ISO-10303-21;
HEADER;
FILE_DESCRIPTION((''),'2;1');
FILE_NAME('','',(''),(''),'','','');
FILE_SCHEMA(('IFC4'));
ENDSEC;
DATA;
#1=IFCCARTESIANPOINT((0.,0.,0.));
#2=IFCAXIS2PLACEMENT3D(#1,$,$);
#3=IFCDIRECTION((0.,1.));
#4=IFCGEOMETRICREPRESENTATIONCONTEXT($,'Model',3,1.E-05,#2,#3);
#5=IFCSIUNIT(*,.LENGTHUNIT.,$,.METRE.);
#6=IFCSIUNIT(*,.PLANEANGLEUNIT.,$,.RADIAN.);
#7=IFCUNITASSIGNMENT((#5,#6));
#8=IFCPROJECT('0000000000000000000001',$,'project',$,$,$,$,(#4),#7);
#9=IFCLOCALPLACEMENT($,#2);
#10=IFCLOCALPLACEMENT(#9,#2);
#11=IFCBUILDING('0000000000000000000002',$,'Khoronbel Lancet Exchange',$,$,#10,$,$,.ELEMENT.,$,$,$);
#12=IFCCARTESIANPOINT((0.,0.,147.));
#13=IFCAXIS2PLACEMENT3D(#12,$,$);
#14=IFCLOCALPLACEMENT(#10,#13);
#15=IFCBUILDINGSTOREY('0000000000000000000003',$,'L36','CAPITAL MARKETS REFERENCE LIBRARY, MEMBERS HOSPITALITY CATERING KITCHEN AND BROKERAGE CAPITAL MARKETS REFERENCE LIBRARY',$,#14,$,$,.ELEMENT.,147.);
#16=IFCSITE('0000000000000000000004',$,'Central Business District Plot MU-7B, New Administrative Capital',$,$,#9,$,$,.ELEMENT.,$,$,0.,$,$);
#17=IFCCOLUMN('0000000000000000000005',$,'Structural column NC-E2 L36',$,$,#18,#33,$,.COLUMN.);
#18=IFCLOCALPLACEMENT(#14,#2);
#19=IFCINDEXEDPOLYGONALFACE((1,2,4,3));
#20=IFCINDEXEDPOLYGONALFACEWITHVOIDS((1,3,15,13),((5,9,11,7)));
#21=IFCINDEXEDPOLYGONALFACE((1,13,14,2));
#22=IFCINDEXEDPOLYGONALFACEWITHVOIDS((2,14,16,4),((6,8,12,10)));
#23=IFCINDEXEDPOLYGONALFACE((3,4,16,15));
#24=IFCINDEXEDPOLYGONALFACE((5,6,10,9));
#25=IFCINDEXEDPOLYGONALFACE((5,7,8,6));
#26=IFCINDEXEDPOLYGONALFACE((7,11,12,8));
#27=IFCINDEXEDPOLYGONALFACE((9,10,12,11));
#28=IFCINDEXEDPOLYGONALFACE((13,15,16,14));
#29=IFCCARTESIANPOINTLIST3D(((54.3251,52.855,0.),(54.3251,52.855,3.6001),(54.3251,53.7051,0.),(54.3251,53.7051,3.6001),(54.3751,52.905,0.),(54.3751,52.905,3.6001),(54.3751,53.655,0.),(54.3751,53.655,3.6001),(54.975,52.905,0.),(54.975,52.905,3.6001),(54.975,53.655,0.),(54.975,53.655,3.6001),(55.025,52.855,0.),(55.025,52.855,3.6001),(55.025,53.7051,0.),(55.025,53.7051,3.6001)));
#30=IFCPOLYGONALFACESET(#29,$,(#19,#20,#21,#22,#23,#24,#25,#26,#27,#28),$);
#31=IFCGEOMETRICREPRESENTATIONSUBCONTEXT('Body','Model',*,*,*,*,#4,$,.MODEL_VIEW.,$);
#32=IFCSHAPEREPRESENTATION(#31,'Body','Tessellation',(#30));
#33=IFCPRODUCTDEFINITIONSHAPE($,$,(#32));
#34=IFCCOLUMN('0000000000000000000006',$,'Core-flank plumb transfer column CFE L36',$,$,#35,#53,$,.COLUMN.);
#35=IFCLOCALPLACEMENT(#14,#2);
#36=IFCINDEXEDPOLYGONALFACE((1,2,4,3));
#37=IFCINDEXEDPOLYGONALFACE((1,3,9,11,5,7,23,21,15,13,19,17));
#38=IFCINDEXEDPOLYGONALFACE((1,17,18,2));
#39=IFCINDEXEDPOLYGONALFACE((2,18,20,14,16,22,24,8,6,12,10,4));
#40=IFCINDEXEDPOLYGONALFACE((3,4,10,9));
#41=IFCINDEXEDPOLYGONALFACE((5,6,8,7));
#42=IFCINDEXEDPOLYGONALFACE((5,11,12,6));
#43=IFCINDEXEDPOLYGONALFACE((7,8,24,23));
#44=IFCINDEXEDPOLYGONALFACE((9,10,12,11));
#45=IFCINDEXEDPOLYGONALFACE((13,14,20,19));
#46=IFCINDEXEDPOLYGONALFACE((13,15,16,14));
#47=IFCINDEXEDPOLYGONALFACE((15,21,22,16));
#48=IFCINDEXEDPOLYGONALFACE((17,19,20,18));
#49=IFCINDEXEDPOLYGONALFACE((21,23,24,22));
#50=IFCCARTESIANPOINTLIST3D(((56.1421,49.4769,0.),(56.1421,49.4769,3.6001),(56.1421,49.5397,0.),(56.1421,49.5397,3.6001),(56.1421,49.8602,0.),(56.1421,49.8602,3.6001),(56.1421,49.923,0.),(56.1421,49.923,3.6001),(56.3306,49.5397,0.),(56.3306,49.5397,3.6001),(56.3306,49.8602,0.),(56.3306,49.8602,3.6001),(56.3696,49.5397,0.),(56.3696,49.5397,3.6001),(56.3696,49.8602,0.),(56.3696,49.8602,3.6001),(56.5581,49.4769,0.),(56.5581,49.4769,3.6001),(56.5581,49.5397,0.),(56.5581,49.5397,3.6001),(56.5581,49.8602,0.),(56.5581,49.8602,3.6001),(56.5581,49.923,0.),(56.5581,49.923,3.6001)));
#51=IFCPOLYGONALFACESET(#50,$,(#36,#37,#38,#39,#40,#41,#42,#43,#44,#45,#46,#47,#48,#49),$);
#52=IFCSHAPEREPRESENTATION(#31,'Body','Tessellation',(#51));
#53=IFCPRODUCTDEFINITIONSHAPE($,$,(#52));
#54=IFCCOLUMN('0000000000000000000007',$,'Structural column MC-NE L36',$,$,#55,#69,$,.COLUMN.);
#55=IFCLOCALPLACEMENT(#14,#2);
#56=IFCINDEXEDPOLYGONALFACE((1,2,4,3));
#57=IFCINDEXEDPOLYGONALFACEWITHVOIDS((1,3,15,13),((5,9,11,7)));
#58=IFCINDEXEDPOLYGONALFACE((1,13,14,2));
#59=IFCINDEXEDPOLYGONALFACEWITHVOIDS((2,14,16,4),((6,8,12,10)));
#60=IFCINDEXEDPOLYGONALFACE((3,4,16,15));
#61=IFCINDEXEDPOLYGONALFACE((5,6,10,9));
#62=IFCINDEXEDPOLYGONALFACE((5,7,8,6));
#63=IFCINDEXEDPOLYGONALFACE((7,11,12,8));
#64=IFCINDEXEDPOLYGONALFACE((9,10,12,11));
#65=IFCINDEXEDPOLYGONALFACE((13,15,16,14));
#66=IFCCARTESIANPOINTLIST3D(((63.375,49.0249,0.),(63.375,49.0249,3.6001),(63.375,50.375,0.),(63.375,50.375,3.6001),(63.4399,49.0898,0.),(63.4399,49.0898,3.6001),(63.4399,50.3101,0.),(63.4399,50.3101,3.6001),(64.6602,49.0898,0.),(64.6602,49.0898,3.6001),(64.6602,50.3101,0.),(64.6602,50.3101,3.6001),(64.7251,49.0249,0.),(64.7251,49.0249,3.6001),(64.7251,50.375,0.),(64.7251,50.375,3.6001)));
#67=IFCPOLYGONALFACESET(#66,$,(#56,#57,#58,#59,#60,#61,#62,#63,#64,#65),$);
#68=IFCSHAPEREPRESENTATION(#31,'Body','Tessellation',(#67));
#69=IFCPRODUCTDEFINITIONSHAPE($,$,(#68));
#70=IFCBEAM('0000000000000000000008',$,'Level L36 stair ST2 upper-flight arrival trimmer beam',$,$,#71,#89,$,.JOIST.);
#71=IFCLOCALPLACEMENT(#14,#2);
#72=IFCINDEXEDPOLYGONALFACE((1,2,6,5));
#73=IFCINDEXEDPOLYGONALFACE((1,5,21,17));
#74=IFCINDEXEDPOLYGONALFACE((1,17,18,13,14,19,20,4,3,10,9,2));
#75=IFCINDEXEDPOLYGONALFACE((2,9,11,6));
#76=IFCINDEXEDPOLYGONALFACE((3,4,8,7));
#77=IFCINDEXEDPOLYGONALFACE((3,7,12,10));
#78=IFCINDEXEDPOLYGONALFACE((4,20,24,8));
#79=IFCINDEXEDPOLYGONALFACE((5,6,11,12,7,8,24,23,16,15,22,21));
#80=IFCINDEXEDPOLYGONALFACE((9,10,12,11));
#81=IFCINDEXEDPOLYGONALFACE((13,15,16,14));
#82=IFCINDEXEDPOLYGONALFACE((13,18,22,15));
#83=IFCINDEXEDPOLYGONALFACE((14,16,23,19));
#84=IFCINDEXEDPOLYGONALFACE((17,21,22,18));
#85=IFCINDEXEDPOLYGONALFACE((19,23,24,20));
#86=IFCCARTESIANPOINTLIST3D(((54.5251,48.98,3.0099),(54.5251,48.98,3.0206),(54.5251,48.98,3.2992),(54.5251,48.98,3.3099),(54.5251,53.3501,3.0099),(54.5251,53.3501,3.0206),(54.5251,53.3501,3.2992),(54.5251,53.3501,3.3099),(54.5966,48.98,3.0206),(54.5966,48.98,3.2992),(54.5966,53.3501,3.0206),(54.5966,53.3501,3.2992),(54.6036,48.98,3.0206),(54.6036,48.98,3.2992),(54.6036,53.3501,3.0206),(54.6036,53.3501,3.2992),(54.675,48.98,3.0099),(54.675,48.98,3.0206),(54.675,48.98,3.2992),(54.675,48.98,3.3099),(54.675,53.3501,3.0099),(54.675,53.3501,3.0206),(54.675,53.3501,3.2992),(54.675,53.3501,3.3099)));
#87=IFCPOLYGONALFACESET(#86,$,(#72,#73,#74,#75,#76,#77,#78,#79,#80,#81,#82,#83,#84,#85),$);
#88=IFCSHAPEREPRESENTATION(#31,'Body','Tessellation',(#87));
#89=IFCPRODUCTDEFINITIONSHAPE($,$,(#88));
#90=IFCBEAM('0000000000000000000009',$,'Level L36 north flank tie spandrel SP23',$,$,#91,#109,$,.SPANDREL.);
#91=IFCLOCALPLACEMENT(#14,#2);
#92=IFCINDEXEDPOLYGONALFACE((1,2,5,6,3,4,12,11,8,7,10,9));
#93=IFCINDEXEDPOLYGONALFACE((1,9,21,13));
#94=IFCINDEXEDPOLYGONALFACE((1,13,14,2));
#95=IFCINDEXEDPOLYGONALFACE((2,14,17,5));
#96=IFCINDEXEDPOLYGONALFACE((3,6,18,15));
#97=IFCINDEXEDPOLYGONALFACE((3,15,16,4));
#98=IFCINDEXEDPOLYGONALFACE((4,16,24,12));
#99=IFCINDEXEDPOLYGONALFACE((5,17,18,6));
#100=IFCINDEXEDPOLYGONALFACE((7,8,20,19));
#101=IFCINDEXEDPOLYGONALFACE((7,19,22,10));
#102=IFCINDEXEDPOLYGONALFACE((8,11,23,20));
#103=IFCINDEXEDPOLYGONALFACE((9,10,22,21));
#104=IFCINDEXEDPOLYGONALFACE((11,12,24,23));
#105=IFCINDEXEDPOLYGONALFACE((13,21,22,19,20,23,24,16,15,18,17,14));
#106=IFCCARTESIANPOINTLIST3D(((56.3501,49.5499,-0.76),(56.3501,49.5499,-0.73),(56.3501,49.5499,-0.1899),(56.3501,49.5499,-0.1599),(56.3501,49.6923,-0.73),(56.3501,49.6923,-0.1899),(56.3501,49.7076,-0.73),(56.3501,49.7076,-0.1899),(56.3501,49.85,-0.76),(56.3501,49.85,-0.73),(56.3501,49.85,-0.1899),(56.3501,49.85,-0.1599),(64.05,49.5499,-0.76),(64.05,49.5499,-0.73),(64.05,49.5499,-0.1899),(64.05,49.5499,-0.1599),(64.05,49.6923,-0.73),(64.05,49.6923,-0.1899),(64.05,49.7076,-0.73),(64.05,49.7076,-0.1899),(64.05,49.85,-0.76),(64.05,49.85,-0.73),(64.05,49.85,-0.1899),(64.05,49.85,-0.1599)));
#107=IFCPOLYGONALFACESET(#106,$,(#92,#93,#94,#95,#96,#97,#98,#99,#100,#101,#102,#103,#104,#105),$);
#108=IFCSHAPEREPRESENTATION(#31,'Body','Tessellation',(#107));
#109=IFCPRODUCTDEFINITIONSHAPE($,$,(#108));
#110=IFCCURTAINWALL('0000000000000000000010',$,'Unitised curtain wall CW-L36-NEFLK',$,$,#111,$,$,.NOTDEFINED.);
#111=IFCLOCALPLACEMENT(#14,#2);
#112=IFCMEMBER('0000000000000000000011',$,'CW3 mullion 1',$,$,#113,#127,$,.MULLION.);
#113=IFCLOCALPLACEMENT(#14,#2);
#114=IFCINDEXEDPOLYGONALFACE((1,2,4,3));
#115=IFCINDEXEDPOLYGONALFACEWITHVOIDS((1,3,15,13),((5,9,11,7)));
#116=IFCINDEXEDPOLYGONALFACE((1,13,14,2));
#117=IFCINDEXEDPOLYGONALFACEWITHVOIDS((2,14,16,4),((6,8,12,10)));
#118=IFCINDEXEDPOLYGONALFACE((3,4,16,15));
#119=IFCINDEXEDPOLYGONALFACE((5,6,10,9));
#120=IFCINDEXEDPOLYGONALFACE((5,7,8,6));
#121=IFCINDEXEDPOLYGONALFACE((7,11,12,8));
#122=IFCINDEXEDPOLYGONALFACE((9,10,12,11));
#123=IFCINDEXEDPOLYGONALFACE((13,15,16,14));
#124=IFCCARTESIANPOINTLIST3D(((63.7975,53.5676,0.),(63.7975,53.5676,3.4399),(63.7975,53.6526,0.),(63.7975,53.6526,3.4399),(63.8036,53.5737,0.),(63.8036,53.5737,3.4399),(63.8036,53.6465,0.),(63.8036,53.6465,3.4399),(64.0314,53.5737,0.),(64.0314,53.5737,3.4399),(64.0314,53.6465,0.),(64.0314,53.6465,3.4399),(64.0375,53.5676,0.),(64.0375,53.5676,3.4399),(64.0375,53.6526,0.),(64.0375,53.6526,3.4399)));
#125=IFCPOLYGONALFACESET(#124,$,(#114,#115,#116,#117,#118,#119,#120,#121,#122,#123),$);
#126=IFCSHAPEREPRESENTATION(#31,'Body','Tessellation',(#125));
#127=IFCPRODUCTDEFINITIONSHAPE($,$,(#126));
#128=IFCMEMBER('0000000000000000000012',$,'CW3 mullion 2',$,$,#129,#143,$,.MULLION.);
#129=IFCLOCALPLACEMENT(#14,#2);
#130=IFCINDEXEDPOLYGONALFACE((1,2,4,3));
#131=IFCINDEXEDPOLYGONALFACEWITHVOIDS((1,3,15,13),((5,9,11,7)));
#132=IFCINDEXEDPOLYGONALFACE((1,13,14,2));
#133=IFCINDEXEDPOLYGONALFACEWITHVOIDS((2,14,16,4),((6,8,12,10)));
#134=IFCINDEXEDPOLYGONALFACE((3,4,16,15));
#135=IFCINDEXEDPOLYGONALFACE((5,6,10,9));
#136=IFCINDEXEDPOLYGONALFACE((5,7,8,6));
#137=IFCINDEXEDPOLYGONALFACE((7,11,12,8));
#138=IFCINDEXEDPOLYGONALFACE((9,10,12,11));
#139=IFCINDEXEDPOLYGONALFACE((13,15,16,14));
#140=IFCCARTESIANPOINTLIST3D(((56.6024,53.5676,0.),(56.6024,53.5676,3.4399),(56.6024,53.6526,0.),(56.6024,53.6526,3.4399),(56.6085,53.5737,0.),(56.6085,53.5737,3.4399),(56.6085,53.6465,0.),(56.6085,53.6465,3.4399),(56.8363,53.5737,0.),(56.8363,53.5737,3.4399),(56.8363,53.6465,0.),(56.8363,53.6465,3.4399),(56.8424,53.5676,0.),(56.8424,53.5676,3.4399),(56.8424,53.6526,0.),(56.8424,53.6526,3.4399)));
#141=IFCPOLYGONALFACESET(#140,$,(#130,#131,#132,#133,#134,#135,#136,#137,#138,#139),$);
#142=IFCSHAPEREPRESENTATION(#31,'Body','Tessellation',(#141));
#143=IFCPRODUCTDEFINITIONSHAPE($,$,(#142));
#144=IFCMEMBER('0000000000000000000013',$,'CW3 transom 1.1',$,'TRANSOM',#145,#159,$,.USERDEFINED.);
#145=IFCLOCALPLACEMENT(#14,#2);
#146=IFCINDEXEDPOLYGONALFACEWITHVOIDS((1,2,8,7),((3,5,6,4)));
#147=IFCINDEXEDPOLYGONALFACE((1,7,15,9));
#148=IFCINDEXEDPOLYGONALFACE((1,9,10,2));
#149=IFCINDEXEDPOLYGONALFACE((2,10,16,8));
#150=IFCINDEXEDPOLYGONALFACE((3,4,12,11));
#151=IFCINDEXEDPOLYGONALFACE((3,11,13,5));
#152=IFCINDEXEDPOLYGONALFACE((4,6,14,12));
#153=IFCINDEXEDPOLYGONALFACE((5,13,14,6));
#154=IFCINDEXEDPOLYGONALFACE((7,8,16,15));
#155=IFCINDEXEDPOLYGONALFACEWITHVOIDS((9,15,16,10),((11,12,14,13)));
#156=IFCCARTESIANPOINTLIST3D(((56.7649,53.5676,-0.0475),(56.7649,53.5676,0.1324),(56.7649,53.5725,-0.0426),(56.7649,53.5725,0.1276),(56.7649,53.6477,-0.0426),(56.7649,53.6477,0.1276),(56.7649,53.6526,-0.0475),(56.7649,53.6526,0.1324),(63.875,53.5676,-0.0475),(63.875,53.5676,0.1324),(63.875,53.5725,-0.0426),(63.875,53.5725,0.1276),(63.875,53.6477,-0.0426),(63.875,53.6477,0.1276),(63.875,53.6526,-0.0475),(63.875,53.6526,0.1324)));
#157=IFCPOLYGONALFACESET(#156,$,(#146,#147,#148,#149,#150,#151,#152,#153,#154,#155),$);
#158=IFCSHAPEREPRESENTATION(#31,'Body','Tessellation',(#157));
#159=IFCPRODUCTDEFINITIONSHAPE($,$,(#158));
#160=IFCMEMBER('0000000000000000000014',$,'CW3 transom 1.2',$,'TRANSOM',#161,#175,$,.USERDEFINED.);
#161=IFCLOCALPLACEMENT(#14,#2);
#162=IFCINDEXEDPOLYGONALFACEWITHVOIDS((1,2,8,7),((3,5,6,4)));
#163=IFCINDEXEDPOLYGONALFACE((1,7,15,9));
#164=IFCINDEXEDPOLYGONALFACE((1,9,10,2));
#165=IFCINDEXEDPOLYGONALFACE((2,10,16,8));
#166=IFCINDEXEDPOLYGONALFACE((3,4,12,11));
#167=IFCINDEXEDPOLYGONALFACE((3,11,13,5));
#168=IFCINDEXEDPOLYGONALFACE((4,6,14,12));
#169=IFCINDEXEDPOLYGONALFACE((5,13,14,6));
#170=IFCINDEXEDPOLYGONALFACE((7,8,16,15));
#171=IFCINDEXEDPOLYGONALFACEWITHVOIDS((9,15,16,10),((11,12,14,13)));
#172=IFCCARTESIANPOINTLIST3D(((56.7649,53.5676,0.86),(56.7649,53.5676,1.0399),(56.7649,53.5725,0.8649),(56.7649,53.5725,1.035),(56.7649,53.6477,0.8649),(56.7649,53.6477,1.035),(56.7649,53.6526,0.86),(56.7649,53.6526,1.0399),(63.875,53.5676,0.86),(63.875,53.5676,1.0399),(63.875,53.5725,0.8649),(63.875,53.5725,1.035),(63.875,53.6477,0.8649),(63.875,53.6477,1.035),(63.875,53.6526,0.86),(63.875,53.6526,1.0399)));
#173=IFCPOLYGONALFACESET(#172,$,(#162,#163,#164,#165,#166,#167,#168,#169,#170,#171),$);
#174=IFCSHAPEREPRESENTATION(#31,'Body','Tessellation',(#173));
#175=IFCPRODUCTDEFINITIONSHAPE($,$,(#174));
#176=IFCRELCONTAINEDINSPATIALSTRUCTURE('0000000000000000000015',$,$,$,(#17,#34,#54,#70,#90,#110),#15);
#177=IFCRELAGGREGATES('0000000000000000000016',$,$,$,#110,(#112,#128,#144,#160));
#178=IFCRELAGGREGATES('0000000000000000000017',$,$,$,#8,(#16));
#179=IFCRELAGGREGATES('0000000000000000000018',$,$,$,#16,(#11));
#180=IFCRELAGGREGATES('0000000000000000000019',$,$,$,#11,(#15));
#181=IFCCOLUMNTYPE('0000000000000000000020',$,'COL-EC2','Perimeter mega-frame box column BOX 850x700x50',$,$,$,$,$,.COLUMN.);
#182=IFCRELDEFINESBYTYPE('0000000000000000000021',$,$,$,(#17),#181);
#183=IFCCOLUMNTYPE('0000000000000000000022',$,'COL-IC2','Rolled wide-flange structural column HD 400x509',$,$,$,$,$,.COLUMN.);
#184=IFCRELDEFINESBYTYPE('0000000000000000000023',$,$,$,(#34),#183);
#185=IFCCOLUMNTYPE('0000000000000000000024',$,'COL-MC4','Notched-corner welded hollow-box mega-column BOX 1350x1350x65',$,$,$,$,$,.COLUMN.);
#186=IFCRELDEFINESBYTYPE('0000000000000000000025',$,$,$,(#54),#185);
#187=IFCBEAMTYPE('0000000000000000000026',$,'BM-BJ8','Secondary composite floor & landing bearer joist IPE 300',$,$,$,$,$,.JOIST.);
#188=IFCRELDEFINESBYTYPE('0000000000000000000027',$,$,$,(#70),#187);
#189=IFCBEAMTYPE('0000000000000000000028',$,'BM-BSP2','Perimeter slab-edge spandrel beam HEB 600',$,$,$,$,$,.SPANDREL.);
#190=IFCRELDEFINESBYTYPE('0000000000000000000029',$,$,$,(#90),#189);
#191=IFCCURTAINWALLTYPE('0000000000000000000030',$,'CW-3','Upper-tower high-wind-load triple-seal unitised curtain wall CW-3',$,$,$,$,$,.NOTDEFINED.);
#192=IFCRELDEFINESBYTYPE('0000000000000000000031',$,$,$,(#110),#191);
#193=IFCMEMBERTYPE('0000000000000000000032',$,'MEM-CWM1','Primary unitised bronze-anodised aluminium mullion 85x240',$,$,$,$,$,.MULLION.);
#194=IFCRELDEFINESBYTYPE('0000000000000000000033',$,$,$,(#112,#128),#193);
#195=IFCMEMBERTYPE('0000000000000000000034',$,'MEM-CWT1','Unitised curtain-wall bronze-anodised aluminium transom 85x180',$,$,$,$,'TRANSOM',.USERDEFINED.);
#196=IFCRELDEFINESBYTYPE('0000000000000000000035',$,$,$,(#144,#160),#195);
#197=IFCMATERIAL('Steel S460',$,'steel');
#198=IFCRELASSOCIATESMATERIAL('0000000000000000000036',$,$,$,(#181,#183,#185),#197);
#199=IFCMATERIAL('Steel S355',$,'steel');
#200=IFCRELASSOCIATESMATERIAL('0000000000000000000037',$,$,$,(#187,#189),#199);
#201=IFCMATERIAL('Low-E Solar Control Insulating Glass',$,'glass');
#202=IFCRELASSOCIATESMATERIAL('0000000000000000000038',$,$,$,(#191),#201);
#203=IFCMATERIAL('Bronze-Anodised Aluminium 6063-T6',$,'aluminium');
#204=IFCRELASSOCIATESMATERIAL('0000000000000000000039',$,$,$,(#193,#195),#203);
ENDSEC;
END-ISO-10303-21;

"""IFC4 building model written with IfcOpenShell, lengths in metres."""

from ifc_helpers import new_model, si_unit, direction, frame, origin, origin_2d, place, context, subcontext, project, spatial, hollow_rectangle, i_section, extrude, material, material_profile, profile_set, type_object, element, aggregate, save


model = new_model("IFC4")

# Units and contexts
model_context = context("Model", 3, precision=1e-05, world=origin(), true_north=direction((0.0, 1.0)))
body_context = subcontext(model_context, "Body", "Model", "MODEL_VIEW")
ifc_project = project(units=[si_unit("LENGTHUNIT", "METRE"), si_unit("PLANEANGLEUNIT", "RADIAN")], contexts=[model_context])

# Site, building, storey
site_placement = place(None, origin())
site = spatial("IfcSite", under=ifc_project, at=site_placement, Name="Central Business District Plot MU-7B, New Administrative Capital", CompositionType="ELEMENT", RefElevation=0.0)
building_placement = place(site_placement, origin())
building = spatial("IfcBuilding", under=site, at=building_placement, Name="Khoronbel Lancet Exchange", CompositionType="ELEMENT")
storey_placement = place(building_placement, frame((0.0, 0.0, 147.0)))
storey = spatial("IfcBuildingStorey", under=building, at=storey_placement, Name="L36", Description="CAPITAL MARKETS REFERENCE LIBRARY, MEMBERS HOSPITALITY CATERING KITCHEN AND BROKERAGE CAPITAL MARKETS REFERENCE LIBRARY", CompositionType="ELEMENT", Elevation=147.0)

# Columns
ifc_material_1 = material(Name="Steel S460", Category="steel")
ifc_material_profile_1 = material_profile(ifc_material_1, hollow_rectangle(XDim=0.7, YDim=0.8501, WallThickness=0.05, at=origin_2d()), Name="BOX 850x700x50")
ifc_profile_set_1 = profile_set([ifc_material_profile_1], Name="Steel S460")
column_type_1 = type_object("IfcColumnType", Name="COL-EC2", Description="Perimeter mega-frame box column BOX 850x700x50", PredefinedType="COLUMN", material=ifc_profile_set_1)
column_1_placement = place(storey_placement, frame((54.675, 53.28, 0.0), z_axis=(0.0, 0.0, 1.0), x_axis=(1.0, 0.0, 0.0)))
element("IfcColumn", 1, at=column_1_placement, inside=storey, type_object=column_type_1, Name="Structural column NC-E2 L36", PredefinedType="COLUMN", context=body_context, shape_type="SweptSolid", body=[
    extrude(hollow_rectangle(XDim=0.7, YDim=0.8501, WallThickness=0.05, at=origin_2d()), origin(), (0.0, 0.0, 1.0), 3.6001),
])
ifc_material_profile_2 = material_profile(ifc_material_1, i_section(OverallWidth=0.416, OverallDepth=0.446, WebThickness=0.0391, FlangeThickness=0.0627, at=origin_2d()), Name="HD 400x509")
ifc_profile_set_2 = profile_set([ifc_material_profile_2], Name="Steel S460")
column_type_2 = type_object("IfcColumnType", Name="COL-IC2", Description="Rolled wide-flange structural column HD 400x509", PredefinedType="COLUMN", material=ifc_profile_set_2)
column_2_placement = place(storey_placement, frame((56.3501, 49.7, 0.0), z_axis=(0.0, 0.0, 1.0), x_axis=(1.0, 0.0, 0.0)))
element("IfcColumn", 2, at=column_2_placement, inside=storey, type_object=column_type_2, Name="Core-flank plumb transfer column CFE L36", PredefinedType="COLUMN", context=body_context, shape_type="SweptSolid", body=[
    extrude(i_section(OverallWidth=0.416, OverallDepth=0.446, WebThickness=0.0391, FlangeThickness=0.0627, at=origin_2d()), origin(), (0.0, 0.0, 1.0), 3.6001),
])
ifc_material_profile_3 = material_profile(ifc_material_1, hollow_rectangle(XDim=1.3501, YDim=1.3501, WallThickness=0.0649, at=origin_2d()), Name="BOX 1350x1350x65")
ifc_profile_set_3 = profile_set([ifc_material_profile_3], Name="Steel S460")
column_type_3 = type_object("IfcColumnType", Name="COL-MC4", Description="Notched-corner welded hollow-box mega-column BOX 1350x1350x65", PredefinedType="COLUMN", material=ifc_profile_set_3)
column_3_placement = place(storey_placement, frame((64.05, 49.7, 0.0), z_axis=(0.0, 0.0, 1.0), x_axis=(1.0, 0.0, 0.0)))
element("IfcColumn", 3, at=column_3_placement, inside=storey, type_object=column_type_3, Name="Structural column MC-NE L36", PredefinedType="COLUMN", context=body_context, shape_type="SweptSolid", body=[
    extrude(hollow_rectangle(XDim=1.3501, YDim=1.3501, WallThickness=0.0649, at=origin_2d()), origin(), (0.0, 0.0, 1.0), 3.6001),
])

# Beams
ifc_material_2 = material(Name="Steel S355", Category="steel")
ifc_material_profile_4 = material_profile(ifc_material_2, i_section(OverallWidth=0.1499, OverallDepth=0.3, WebThickness=0.0071, FlangeThickness=0.0107, at=origin_2d()), Name="IPE 300")
ifc_profile_set_4 = profile_set([ifc_material_profile_4], Name="Steel S355")
beam_type_1 = type_object("IfcBeamType", Name="BM-BJ8", Description="Secondary composite floor & landing bearer joist IPE 300", PredefinedType="JOIST", material=ifc_profile_set_4)
beam_1_placement = place(storey_placement, frame((54.6001, 48.98, 3.1599), z_axis=(0.0, 1.0, 0.0), x_axis=(-1.0, 0.0, 0.0)))
element("IfcBeam", 4, at=beam_1_placement, inside=storey, type_object=beam_type_1, Name="Level L36 stair ST2 upper-flight arrival trimmer beam", PredefinedType="JOIST", context=body_context, shape_type="SweptSolid", body=[
    extrude(i_section(OverallWidth=0.1499, OverallDepth=0.3, WebThickness=0.0071, FlangeThickness=0.0107, at=origin_2d()), origin(), (0.0, 0.0, 1.0), 4.3701),
])
ifc_material_profile_5 = material_profile(ifc_material_2, i_section(OverallWidth=0.3, OverallDepth=0.6001, WebThickness=0.0154, FlangeThickness=0.03, at=origin_2d()), Name="HEB 600")
ifc_profile_set_5 = profile_set([ifc_material_profile_5], Name="Steel S355")
beam_type_2 = type_object("IfcBeamType", Name="BM-BSP2", Description="Perimeter slab-edge spandrel beam HEB 600", PredefinedType="SPANDREL", material=ifc_profile_set_5)
beam_2_placement = place(storey_placement, frame((64.05, 49.7, -0.46), z_axis=(-1.0, 0.0, 0.0), x_axis=(0.0, -1.0, 0.0)))
element("IfcBeam", 5, at=beam_2_placement, inside=storey, type_object=beam_type_2, Name="Level L36 north flank tie spandrel SP23", PredefinedType="SPANDREL", context=body_context, shape_type="SweptSolid", body=[
    extrude(i_section(OverallWidth=0.3, OverallDepth=0.6001, WebThickness=0.0154, FlangeThickness=0.03, at=origin_2d()), origin(), (0.0, 0.0, 1.0), 7.7),
])

# Curtain wall, members
ifc_material_3 = material(Name="Low-E Solar Control Insulating Glass", Category="glass")
curtain_wall_type = type_object("IfcCurtainWallType", Name="CW-3", Description="Upper-tower high-wind-load triple-seal unitised curtain wall CW-3", PredefinedType="NOTDEFINED", material=ifc_material_3)
curtain_wall_placement = place(storey_placement, origin())
curtain_wall = element("IfcCurtainWall", 6, at=curtain_wall_placement, inside=storey, type_object=curtain_wall_type, Name="Unitised curtain wall CW-L36-NEFLK", PredefinedType="NOTDEFINED")
ifc_material_4 = material(Name="Bronze-Anodised Aluminium 6063-T6", Category="aluminium")
ifc_material_profile_6 = material_profile(ifc_material_4, hollow_rectangle(XDim=0.085, YDim=0.24, WallThickness=0.0061, at=origin_2d()), Name="ALU MULLION 85x240")
ifc_profile_set_6 = profile_set([ifc_material_profile_6], Name="Bronze-Anodised Aluminium 6063-T6")
member_type_1 = type_object("IfcMemberType", Name="MEM-CWM1", Description="Primary unitised bronze-anodised aluminium mullion 85x240", PredefinedType="MULLION", material=ifc_profile_set_6)
member_1_placement = place(storey_placement, frame((63.9175, 53.6101, 0.0), z_axis=(0.0, 0.0, 1.0), x_axis=(0.0, -1.0, 0.0)))
member_1 = element("IfcMember", 7, at=member_1_placement, type_object=member_type_1, Name="CW3 mullion 1", PredefinedType="MULLION", context=body_context, shape_type="SweptSolid", body=[
    extrude(hollow_rectangle(XDim=0.085, YDim=0.24, WallThickness=0.0061, at=origin_2d()), origin(), (0.0, 0.0, 1.0), 3.4399),
])
member_2_placement = place(storey_placement, frame((56.7224, 53.6101, 0.0), z_axis=(0.0, 0.0, 1.0), x_axis=(0.0, -1.0, 0.0)))
member_2 = element("IfcMember", 8, at=member_2_placement, type_object=member_type_1, Name="CW3 mullion 2", PredefinedType="MULLION", context=body_context, shape_type="SweptSolid", body=[
    extrude(hollow_rectangle(XDim=0.085, YDim=0.24, WallThickness=0.0061, at=origin_2d()), origin(), (0.0, 0.0, 1.0), 3.4399),
])
ifc_material_profile_7 = material_profile(ifc_material_4, hollow_rectangle(XDim=0.085, YDim=0.1799, WallThickness=0.0049, at=origin_2d()), Name="ALU TRANSOM 85x180")
ifc_profile_set_7 = profile_set([ifc_material_profile_7], Name="Bronze-Anodised Aluminium 6063-T6")
member_type_2 = type_object("IfcMemberType", Name="MEM-CWT1", Description="Unitised curtain-wall bronze-anodised aluminium transom 85x180", ElementType="TRANSOM", PredefinedType="USERDEFINED", material=ifc_profile_set_7)
member_3_placement = place(storey_placement, frame((63.875, 53.6101, 0.0425), z_axis=(-1.0, 0.0, 0.0), x_axis=(0.0, -1.0, 0.0)))
member_3 = element("IfcMember", 9, at=member_3_placement, type_object=member_type_2, Name="CW3 transom 1.1", ObjectType="TRANSOM", PredefinedType="USERDEFINED", context=body_context, shape_type="SweptSolid", body=[
    extrude(hollow_rectangle(XDim=0.085, YDim=0.1799, WallThickness=0.0049, at=origin_2d()), origin(), (0.0, 0.0, 1.0), 7.1101),
])
member_4_placement = place(storey_placement, frame((63.875, 53.6101, 0.95), z_axis=(-1.0, 0.0, 0.0), x_axis=(0.0, -1.0, 0.0)))
member_4 = element("IfcMember", 10, at=member_4_placement, type_object=member_type_2, Name="CW3 transom 1.2", ObjectType="TRANSOM", PredefinedType="USERDEFINED", context=body_context, shape_type="SweptSolid", body=[
    extrude(hollow_rectangle(XDim=0.085, YDim=0.1799, WallThickness=0.0049, at=origin_2d()), origin(), (0.0, 0.0, 1.0), 7.1101),
])

aggregate(curtain_wall, [member_1, member_2, member_3, member_4])

save(model, "model.ifc")
